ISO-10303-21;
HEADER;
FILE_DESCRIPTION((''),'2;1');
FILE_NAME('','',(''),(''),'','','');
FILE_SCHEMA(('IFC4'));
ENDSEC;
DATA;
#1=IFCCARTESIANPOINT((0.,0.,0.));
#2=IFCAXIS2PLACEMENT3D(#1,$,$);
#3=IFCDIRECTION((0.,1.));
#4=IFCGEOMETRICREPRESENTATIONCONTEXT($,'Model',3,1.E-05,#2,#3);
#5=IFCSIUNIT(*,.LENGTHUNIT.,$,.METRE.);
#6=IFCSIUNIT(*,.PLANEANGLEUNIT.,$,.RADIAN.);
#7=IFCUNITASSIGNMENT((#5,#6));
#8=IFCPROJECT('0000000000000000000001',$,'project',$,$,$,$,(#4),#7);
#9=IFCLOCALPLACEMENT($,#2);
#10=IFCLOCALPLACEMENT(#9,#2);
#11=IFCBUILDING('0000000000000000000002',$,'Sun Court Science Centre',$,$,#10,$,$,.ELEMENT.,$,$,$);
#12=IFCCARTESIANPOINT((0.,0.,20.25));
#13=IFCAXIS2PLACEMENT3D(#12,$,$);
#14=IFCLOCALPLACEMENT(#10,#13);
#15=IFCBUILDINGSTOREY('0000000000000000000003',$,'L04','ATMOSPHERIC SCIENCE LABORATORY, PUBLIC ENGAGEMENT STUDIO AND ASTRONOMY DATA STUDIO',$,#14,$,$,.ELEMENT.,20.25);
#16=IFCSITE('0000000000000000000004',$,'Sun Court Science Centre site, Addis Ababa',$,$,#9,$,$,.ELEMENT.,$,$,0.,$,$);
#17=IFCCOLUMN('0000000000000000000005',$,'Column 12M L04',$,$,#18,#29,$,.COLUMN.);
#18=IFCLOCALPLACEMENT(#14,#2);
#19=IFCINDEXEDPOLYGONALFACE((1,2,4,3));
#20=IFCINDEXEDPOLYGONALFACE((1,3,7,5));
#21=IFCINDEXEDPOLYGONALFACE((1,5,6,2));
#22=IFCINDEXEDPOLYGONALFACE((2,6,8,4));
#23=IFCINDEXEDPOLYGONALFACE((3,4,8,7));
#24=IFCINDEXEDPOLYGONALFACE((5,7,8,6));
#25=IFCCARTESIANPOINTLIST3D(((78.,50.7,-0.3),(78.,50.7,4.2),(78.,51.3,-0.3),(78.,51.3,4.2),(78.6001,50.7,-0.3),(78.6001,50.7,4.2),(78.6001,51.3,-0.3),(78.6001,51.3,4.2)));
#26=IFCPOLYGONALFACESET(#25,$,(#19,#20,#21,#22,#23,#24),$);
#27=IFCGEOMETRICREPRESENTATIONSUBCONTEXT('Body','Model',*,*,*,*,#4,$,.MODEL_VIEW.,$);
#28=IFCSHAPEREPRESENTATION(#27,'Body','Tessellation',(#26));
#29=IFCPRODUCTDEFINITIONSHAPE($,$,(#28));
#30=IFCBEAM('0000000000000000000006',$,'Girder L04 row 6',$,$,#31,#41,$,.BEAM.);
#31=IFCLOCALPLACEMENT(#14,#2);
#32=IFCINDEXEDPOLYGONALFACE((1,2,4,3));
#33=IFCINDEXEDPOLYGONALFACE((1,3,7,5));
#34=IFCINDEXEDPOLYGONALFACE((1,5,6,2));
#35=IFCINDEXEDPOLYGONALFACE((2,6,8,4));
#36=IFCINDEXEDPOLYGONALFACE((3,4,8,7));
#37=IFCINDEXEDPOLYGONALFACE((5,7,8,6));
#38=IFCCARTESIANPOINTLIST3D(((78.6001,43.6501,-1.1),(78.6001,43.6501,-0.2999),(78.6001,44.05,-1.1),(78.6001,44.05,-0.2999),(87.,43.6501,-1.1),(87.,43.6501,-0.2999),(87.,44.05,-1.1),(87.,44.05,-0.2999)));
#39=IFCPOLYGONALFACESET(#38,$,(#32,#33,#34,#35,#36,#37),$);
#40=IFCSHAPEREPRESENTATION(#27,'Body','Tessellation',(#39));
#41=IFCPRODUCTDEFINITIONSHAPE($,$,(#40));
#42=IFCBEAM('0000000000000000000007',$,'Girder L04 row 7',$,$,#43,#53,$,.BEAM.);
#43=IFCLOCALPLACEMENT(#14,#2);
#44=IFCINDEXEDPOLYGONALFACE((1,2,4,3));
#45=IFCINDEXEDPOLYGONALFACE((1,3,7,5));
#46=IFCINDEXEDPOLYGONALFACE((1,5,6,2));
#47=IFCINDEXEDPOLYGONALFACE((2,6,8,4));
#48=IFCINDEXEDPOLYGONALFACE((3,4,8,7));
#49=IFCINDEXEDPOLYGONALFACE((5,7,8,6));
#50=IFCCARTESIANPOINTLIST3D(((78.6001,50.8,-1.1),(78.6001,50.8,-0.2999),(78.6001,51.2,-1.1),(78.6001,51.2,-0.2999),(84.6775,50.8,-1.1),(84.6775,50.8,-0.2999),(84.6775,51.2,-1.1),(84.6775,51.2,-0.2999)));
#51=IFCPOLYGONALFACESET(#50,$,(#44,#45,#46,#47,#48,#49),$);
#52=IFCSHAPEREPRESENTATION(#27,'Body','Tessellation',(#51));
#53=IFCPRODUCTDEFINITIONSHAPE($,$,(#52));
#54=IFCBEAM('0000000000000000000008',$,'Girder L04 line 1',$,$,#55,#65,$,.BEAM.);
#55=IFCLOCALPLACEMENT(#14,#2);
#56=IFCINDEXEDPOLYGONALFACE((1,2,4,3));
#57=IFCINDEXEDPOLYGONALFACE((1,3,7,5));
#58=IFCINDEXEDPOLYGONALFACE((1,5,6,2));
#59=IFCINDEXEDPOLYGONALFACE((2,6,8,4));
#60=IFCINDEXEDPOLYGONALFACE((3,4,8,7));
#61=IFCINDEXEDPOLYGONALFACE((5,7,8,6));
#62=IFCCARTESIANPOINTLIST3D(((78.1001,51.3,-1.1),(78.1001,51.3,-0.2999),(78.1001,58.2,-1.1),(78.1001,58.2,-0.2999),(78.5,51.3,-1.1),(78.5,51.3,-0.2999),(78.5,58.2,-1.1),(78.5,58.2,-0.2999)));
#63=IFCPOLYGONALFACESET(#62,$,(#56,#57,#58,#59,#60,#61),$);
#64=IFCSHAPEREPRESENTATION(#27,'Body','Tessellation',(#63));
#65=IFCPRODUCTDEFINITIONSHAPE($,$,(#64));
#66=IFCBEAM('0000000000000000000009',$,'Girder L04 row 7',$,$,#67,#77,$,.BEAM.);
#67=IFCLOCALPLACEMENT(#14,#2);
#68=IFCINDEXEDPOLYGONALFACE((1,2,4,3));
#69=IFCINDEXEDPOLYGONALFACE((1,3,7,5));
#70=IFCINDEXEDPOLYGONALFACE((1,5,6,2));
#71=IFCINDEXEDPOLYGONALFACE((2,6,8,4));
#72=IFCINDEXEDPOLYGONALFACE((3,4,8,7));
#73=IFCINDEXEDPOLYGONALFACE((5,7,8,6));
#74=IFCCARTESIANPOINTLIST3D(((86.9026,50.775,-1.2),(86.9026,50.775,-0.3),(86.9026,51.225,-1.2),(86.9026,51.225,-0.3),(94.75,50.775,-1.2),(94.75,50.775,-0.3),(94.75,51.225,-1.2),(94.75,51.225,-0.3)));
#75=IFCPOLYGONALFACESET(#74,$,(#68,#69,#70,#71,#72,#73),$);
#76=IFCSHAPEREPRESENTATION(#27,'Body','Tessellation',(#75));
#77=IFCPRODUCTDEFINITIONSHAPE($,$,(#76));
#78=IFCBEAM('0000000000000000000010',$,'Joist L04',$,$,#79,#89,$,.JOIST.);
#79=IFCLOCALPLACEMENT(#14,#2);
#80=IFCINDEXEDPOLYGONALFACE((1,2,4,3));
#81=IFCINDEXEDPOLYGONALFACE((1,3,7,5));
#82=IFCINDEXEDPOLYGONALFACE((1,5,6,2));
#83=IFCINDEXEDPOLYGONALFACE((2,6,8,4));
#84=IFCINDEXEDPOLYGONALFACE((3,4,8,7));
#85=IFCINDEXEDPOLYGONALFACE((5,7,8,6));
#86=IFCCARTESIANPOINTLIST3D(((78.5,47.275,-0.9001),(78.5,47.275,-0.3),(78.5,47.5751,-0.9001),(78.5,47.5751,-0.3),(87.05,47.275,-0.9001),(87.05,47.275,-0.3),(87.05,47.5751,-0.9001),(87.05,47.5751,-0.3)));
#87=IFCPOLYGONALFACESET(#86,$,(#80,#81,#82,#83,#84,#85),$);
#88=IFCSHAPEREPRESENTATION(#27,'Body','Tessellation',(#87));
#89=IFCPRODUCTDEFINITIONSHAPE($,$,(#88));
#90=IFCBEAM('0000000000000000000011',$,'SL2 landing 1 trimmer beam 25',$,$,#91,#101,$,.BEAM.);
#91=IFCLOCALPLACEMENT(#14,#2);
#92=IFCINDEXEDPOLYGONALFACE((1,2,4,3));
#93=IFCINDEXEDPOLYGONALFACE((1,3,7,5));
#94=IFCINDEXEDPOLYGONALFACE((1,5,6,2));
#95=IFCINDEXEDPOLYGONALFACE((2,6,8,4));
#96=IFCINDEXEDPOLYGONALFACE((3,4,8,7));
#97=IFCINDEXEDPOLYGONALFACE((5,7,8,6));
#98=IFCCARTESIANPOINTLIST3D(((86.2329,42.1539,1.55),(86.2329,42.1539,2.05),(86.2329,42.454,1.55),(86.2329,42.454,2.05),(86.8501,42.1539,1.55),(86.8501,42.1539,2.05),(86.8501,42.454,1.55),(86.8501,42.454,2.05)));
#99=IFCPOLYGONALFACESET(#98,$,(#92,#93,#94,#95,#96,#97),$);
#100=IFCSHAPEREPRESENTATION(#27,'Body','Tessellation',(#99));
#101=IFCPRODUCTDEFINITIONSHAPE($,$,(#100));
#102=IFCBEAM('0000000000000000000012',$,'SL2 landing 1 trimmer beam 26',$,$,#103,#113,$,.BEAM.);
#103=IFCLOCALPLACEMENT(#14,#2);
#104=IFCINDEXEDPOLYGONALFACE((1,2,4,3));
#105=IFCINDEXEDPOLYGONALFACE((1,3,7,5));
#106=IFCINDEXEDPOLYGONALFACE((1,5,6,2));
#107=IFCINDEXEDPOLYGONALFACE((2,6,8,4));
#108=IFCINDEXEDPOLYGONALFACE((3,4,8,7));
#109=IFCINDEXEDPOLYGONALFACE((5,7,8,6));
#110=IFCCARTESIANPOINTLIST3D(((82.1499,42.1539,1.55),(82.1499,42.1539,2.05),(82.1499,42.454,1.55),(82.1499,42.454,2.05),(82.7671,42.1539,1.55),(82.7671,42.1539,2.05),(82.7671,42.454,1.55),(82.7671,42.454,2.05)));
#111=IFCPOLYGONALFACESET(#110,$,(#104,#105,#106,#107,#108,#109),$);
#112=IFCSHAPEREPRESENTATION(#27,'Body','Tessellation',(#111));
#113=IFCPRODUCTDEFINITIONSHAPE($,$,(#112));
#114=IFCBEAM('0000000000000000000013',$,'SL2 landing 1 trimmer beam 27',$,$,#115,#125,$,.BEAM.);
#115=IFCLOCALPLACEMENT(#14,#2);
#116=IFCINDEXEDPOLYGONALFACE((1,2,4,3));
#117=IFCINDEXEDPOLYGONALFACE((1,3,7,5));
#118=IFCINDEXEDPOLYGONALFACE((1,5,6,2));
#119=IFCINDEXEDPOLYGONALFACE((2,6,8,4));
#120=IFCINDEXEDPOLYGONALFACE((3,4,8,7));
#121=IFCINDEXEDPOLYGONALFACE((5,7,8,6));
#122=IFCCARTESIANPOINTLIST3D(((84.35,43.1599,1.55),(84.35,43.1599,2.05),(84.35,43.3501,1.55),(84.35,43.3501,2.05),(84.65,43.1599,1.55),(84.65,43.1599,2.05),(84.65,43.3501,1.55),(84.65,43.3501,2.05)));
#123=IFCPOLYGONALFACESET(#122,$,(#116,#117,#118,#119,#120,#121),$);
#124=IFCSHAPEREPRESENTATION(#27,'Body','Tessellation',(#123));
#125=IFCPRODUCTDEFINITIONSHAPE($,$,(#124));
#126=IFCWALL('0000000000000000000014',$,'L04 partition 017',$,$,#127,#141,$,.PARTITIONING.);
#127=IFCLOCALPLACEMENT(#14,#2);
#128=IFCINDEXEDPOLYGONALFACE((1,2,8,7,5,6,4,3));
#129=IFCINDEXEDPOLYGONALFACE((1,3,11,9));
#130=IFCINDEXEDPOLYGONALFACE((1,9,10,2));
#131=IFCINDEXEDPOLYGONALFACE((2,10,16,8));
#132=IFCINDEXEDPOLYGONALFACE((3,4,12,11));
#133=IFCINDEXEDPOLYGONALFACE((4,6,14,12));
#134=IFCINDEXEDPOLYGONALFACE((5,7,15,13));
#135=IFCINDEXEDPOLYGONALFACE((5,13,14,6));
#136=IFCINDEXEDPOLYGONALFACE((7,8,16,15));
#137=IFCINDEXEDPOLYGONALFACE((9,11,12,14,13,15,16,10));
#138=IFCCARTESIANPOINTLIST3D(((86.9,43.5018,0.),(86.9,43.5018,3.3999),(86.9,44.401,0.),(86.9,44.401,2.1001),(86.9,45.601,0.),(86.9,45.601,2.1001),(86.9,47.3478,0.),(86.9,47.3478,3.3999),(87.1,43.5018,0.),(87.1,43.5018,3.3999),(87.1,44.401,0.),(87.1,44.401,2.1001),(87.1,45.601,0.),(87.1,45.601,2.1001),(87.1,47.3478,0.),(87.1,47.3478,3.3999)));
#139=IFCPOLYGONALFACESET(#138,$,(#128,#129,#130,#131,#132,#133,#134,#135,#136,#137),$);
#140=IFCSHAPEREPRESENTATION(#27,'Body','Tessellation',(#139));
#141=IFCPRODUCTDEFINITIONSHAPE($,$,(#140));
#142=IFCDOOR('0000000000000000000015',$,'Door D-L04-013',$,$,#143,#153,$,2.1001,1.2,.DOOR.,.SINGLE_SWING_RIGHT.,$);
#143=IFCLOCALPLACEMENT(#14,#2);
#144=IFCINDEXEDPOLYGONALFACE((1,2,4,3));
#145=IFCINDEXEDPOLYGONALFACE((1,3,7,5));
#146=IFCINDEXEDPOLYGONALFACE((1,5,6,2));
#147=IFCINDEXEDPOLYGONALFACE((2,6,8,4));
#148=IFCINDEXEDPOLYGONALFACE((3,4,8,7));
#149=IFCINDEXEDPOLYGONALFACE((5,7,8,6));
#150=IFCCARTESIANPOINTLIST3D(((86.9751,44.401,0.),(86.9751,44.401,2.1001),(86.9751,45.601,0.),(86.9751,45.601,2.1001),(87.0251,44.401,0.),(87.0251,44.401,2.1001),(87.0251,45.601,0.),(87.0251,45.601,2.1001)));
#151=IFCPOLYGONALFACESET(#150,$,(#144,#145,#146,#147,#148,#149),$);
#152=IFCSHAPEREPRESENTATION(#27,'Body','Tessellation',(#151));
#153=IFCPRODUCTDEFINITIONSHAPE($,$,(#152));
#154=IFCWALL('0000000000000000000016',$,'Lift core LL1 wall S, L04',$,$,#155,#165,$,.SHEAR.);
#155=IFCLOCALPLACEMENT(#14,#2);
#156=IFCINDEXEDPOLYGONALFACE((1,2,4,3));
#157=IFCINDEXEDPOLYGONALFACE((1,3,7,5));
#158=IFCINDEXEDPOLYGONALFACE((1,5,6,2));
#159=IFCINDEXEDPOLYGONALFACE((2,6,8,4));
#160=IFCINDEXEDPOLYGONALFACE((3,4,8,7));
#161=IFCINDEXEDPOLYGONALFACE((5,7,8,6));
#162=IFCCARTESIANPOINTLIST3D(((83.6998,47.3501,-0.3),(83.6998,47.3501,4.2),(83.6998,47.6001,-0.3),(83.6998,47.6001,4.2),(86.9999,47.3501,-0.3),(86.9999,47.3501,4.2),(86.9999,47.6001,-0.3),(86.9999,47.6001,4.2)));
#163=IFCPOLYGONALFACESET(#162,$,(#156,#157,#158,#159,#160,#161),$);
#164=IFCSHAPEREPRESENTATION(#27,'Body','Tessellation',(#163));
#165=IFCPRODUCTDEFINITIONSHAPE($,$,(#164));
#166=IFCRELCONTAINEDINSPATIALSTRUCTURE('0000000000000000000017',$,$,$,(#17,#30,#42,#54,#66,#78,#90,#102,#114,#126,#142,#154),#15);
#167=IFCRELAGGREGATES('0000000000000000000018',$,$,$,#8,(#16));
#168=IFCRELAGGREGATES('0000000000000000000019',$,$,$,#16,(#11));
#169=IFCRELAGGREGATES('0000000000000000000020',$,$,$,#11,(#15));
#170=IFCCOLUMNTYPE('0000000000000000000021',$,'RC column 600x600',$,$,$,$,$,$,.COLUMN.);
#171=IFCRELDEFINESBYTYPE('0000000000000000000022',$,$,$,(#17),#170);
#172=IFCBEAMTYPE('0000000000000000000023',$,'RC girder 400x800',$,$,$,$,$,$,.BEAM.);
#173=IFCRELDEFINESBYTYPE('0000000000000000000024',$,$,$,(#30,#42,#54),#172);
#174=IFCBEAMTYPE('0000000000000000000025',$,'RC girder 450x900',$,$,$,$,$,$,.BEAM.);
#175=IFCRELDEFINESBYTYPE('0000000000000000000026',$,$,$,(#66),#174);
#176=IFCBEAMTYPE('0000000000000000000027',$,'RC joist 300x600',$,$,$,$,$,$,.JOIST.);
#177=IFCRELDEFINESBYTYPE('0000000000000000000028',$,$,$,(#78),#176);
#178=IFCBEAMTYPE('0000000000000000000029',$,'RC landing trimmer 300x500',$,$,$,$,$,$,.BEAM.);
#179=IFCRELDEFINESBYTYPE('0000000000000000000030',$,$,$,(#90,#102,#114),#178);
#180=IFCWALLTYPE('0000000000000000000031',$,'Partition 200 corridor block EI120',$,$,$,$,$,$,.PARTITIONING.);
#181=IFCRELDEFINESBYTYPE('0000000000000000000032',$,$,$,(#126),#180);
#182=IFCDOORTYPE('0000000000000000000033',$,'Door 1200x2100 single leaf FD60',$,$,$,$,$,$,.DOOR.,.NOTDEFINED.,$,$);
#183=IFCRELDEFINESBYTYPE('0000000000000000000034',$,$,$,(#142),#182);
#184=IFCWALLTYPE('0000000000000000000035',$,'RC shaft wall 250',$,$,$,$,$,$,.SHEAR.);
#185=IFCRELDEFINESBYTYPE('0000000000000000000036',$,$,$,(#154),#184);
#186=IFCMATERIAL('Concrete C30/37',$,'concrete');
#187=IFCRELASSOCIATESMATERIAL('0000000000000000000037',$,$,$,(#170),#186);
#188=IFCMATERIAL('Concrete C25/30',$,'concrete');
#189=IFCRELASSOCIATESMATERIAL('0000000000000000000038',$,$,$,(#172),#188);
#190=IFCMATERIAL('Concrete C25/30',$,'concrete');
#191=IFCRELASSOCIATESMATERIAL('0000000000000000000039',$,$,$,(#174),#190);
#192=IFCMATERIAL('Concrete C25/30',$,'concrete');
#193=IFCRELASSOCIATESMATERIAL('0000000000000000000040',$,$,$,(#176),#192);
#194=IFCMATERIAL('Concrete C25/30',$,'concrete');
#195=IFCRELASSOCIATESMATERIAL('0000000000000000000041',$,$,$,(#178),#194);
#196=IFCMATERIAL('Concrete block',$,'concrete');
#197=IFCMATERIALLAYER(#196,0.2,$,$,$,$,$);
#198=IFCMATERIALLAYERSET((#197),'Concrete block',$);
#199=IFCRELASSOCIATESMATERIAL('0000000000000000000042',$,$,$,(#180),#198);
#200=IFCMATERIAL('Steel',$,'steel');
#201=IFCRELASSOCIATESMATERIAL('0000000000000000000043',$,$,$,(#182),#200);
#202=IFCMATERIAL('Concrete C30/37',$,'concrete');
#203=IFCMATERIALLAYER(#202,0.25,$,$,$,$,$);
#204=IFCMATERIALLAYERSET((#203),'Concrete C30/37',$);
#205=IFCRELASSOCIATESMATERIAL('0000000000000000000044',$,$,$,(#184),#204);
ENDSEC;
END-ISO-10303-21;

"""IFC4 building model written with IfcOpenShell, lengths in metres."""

from ifc_helpers import new_model, si_unit, direction, frame, frame_2d, origin, origin_2d, place, context, subcontext, project, spatial, rectangle, extrude, material, layer, layer_set, material_profile, profile_set, type_object, element, fill, save


model = new_model("IFC4")

# Units and contexts
model_context = context("Model", 3, precision=1e-05, world=origin(), true_north=direction((0.0, 1.0)))
body_context = subcontext(model_context, "Body", "Model", "MODEL_VIEW")
ifc_project = project(units=[si_unit("LENGTHUNIT", "METRE"), si_unit("PLANEANGLEUNIT", "RADIAN")], contexts=[model_context])

# Site, building, storey
site_placement = place(None, origin())
site = spatial("IfcSite", under=ifc_project, at=site_placement, Name="Sun Court Science Centre site, Addis Ababa", CompositionType="ELEMENT", RefElevation=0.0)
building_placement = place(site_placement, origin())
building = spatial("IfcBuilding", under=site, at=building_placement, Name="Sun Court Science Centre", CompositionType="ELEMENT")
storey_placement = place(building_placement, frame((0.0, 0.0, 20.25)))
storey = spatial("IfcBuildingStorey", under=building, at=storey_placement, Name="L04", Description="ATMOSPHERIC SCIENCE LABORATORY, PUBLIC ENGAGEMENT STUDIO AND ASTRONOMY DATA STUDIO", CompositionType="ELEMENT", Elevation=20.25)

# Column
ifc_material_1 = material(Name="Concrete C30/37", Category="concrete")
ifc_material_profile_1 = material_profile(ifc_material_1, rectangle(XDim=0.6001, YDim=0.6001, at=origin_2d()), Name="RC 600x600")
ifc_profile_set_1 = profile_set([ifc_material_profile_1], Name="Concrete C30/37")
column_type = type_object("IfcColumnType", Name="RC column 600x600", PredefinedType="COLUMN", material=ifc_profile_set_1)
column_placement = place(storey_placement, frame((78.3, 51.0, -0.3), z_axis=(0.0, 0.0, 1.0), x_axis=(1.0, 0.0, 0.0)))
element("IfcColumn", 1, at=column_placement, inside=storey, type_object=column_type, Name="Column 12M L04", PredefinedType="COLUMN", context=body_context, shape_type="SweptSolid", body=[
    extrude(rectangle(XDim=0.6001, YDim=0.6001, at=origin_2d()), origin(), (0.0, 0.0, 1.0), 4.5),
])

# Beams
ifc_material_2 = material(Name="Concrete C25/30", Category="concrete")
ifc_material_profile_2 = material_profile(ifc_material_2, rectangle(XDim=0.3999, YDim=0.8, at=origin_2d()), Name="RC 400x800")
ifc_profile_set_2 = profile_set([ifc_material_profile_2], Name="Concrete C25/30")
beam_type_1 = type_object("IfcBeamType", Name="RC girder 400x800", PredefinedType="BEAM", material=ifc_profile_set_2)
beam_1_placement = place(storey_placement, frame((78.6001, 43.8501, -0.7), z_axis=(1.0, 0.0, 0.0), x_axis=(0.0, 1.0, 0.0)))
element("IfcBeam", 2, at=beam_1_placement, inside=storey, type_object=beam_type_1, Name="Girder L04 row 6", PredefinedType="BEAM", context=body_context, shape_type="SweptSolid", body=[
    extrude(rectangle(XDim=0.3999, YDim=0.8, at=origin_2d()), origin(), (0.0, 0.0, 1.0), 8.3999),
])
beam_2_placement = place(storey_placement, frame((78.6001, 51.0, -0.7), z_axis=(1.0, 0.0, 0.0), x_axis=(0.0, 1.0, 0.0)))
element("IfcBeam", 3, at=beam_2_placement, inside=storey, type_object=beam_type_1, Name="Girder L04 row 7", PredefinedType="BEAM", context=body_context, shape_type="SweptSolid", body=[
    extrude(rectangle(XDim=0.3999, YDim=0.8, at=origin_2d()), origin(), (0.0, 0.0, 1.0), 6.0774),
])
beam_3_placement = place(storey_placement, frame((78.3, 51.3, -0.7), z_axis=(0.0, 1.0, 0.0), x_axis=(-1.0, 0.0, 0.0)))
element("IfcBeam", 4, at=beam_3_placement, inside=storey, type_object=beam_type_1, Name="Girder L04 line 1", PredefinedType="BEAM", context=body_context, shape_type="SweptSolid", body=[
    extrude(rectangle(XDim=0.3999, YDim=0.8, at=origin_2d()), origin(), (0.0, 0.0, 1.0), 6.8999),
])
ifc_material_3 = material(Name="Concrete C25/30", Category="concrete")
ifc_material_profile_3 = material_profile(ifc_material_3, rectangle(XDim=0.45, YDim=0.8999, at=origin_2d()), Name="RC 450x900")
ifc_profile_set_3 = profile_set([ifc_material_profile_3], Name="Concrete C25/30")
beam_type_2 = type_object("IfcBeamType", Name="RC girder 450x900", PredefinedType="BEAM", material=ifc_profile_set_3)
beam_4_placement = place(storey_placement, frame((86.9026, 51.0, -0.75), z_axis=(1.0, 0.0, 0.0), x_axis=(0.0, 1.0, 0.0)))
element("IfcBeam", 5, at=beam_4_placement, inside=storey, type_object=beam_type_2, Name="Girder L04 row 7", PredefinedType="BEAM", context=body_context, shape_type="SweptSolid", body=[
    extrude(rectangle(XDim=0.45, YDim=0.8999, at=origin_2d()), origin(), (0.0, 0.0, 1.0), 7.8474),
])
ifc_material_4 = material(Name="Concrete C25/30", Category="concrete")
ifc_material_profile_4 = material_profile(ifc_material_4, rectangle(XDim=0.3, YDim=0.6001, at=origin_2d()), Name="RC 300x600")
ifc_profile_set_4 = profile_set([ifc_material_profile_4], Name="Concrete C25/30")
beam_type_3 = type_object("IfcBeamType", Name="RC joist 300x600", PredefinedType="JOIST", material=ifc_profile_set_4)
beam_5_placement = place(storey_placement, frame((78.5, 47.425, -0.6001), z_axis=(1.0, 0.0, 0.0), x_axis=(0.0, 1.0, 0.0)))
element("IfcBeam", 6, at=beam_5_placement, inside=storey, type_object=beam_type_3, Name="Joist L04", PredefinedType="JOIST", context=body_context, shape_type="SweptSolid", body=[
    extrude(rectangle(XDim=0.3, YDim=0.6001, at=origin_2d()), origin(), (0.0, 0.0, 1.0), 8.55),
])
ifc_material_5 = material(Name="Concrete C25/30", Category="concrete")
ifc_material_profile_5 = material_profile(ifc_material_5, rectangle(XDim=0.3, YDim=0.5, at=origin_2d()), Name="RC 300x500")
ifc_profile_set_5 = profile_set([ifc_material_profile_5], Name="Concrete C25/30")
beam_type_4 = type_object("IfcBeamType", Name="RC landing trimmer 300x500", PredefinedType="BEAM", material=ifc_profile_set_5)
for number, where, z_axis, x_axis, name in (
    (7, (86.8501, 42.304, 1.8), (-1.0, 0.0, 0.0), (0.0, -1.0, 0.0), "SL2 landing 1 trimmer beam 25"),
    (8, (82.1499, 42.304, 1.8), (1.0, 0.0, 0.0), (0.0, 1.0, 0.0), "SL2 landing 1 trimmer beam 26"),
):
    element("IfcBeam", number, at=place(storey_placement, frame(where, z_axis=z_axis, x_axis=x_axis)), inside=storey, type_object=beam_type_4, Name=name, PredefinedType="BEAM", context=body_context, shape_type="SweptSolid", body=[
        extrude(rectangle(XDim=0.3, YDim=0.5, at=origin_2d()), origin(), (0.0, 0.0, 1.0), 0.6172),
    ])
beam_6_placement = place(storey_placement, frame((84.5, 43.3501, 1.8), z_axis=(0.0, -1.0, 0.0), x_axis=(1.0, 0.0, 0.0)))
element("IfcBeam", 9, at=beam_6_placement, inside=storey, type_object=beam_type_4, Name="SL2 landing 1 trimmer beam 27", PredefinedType="BEAM", context=body_context, shape_type="SweptSolid", body=[
    extrude(rectangle(XDim=0.3, YDim=0.5, at=origin_2d()), origin(), (0.0, 0.0, 1.0), 0.1902),
])

# Wall, opening, door
ifc_material_6 = material(Name="Concrete block", Category="concrete")
ifc_layer_1 = layer(ifc_material_6, 0.2)
ifc_layer_set_1 = layer_set([ifc_layer_1], Name="Concrete block")
wall_type_1 = type_object("IfcWallType", Name="Partition 200 corridor block EI120", PredefinedType="PARTITIONING", material=ifc_layer_set_1)
wall_1_placement = place(storey_placement, frame((87.0, 43.502, 0.0), z_axis=(0.0, 0.0, 1.0), x_axis=(0.0, 1.0, 0.0)))
wall_1 = element("IfcWall", 10, at=wall_1_placement, inside=storey, type_object=wall_type_1, Name="L04 partition 017", PredefinedType="PARTITIONING", context=body_context, shape_type="SweptSolid", body=[
    extrude(rectangle(XDim=3.8459, YDim=0.2, at=frame_2d((1.9229, 0.0))), origin(), (0.0, 0.0, 1.0), 3.3999),
])
opening_1_placement = place(wall_1_placement, frame((0.8989, 0.0, 0.0)))
opening_1 = element("IfcOpeningElement", 11, at=opening_1_placement, cuts=wall_1, PredefinedType="OPENING", context=body_context, shape_type="SweptSolid", body=[
    extrude(rectangle(XDim=1.2, YDim=2.1001, at=frame_2d((0.6001, 1.05))), frame((0.0, 0.1099, 0.0), z_axis=(0.0, -1.0, 0.0), x_axis=(1.0, 0.0, 0.0)), (0.0, 0.0, 1.0), 0.22),
])
ifc_material_7 = material(Name="Steel", Category="steel")
door_type_1 = type_object("IfcDoorType", Name="Door 1200x2100 single leaf FD60", OperationType="NOTDEFINED", PredefinedType="DOOR", material=ifc_material_7)
door_1_placement = place(opening_1_placement, origin())
door_1 = element("IfcDoor", 12, at=door_1_placement, inside=storey, type_object=door_type_1, Name="Door D-L04-013", OperationType="SINGLE_SWING_RIGHT", OverallHeight=2.1001, OverallWidth=1.2, PredefinedType="DOOR", context=body_context, shape_type="SweptSolid", body=[
    extrude(rectangle(XDim=1.2, YDim=2.1001, at=frame_2d((0.6001, 1.05))), frame((0.0, 0.0249, 0.0), z_axis=(0.0, -1.0, 0.0), x_axis=(1.0, 0.0, 0.0)), (0.0, 0.0, 1.0), 0.05),
])
fill(opening_1, door_1)

# Wall
ifc_material_8 = material(Name="Concrete C30/37", Category="concrete")
ifc_layer_2 = layer(ifc_material_8, 0.25)
ifc_layer_set_2 = layer_set([ifc_layer_2], Name="Concrete C30/37")
wall_type_2 = type_object("IfcWallType", Name="RC shaft wall 250", PredefinedType="SHEAR", material=ifc_layer_set_2)
wall_2_placement = place(storey_placement, frame((83.7, 47.4751, -0.3), z_axis=(0.0, 0.0, 1.0), x_axis=(1.0, 0.0, 0.0)))
element("IfcWall", 13, at=wall_2_placement, inside=storey, type_object=wall_type_2, Name="Lift core LL1 wall S, L04", PredefinedType="SHEAR", context=body_context, shape_type="SweptSolid", body=[
    extrude(rectangle(XDim=3.3, YDim=0.25, at=frame_2d((1.6499, 0.0))), origin(), (0.0, 0.0, 1.0), 4.5),
])

save(model, "model.ifc")
